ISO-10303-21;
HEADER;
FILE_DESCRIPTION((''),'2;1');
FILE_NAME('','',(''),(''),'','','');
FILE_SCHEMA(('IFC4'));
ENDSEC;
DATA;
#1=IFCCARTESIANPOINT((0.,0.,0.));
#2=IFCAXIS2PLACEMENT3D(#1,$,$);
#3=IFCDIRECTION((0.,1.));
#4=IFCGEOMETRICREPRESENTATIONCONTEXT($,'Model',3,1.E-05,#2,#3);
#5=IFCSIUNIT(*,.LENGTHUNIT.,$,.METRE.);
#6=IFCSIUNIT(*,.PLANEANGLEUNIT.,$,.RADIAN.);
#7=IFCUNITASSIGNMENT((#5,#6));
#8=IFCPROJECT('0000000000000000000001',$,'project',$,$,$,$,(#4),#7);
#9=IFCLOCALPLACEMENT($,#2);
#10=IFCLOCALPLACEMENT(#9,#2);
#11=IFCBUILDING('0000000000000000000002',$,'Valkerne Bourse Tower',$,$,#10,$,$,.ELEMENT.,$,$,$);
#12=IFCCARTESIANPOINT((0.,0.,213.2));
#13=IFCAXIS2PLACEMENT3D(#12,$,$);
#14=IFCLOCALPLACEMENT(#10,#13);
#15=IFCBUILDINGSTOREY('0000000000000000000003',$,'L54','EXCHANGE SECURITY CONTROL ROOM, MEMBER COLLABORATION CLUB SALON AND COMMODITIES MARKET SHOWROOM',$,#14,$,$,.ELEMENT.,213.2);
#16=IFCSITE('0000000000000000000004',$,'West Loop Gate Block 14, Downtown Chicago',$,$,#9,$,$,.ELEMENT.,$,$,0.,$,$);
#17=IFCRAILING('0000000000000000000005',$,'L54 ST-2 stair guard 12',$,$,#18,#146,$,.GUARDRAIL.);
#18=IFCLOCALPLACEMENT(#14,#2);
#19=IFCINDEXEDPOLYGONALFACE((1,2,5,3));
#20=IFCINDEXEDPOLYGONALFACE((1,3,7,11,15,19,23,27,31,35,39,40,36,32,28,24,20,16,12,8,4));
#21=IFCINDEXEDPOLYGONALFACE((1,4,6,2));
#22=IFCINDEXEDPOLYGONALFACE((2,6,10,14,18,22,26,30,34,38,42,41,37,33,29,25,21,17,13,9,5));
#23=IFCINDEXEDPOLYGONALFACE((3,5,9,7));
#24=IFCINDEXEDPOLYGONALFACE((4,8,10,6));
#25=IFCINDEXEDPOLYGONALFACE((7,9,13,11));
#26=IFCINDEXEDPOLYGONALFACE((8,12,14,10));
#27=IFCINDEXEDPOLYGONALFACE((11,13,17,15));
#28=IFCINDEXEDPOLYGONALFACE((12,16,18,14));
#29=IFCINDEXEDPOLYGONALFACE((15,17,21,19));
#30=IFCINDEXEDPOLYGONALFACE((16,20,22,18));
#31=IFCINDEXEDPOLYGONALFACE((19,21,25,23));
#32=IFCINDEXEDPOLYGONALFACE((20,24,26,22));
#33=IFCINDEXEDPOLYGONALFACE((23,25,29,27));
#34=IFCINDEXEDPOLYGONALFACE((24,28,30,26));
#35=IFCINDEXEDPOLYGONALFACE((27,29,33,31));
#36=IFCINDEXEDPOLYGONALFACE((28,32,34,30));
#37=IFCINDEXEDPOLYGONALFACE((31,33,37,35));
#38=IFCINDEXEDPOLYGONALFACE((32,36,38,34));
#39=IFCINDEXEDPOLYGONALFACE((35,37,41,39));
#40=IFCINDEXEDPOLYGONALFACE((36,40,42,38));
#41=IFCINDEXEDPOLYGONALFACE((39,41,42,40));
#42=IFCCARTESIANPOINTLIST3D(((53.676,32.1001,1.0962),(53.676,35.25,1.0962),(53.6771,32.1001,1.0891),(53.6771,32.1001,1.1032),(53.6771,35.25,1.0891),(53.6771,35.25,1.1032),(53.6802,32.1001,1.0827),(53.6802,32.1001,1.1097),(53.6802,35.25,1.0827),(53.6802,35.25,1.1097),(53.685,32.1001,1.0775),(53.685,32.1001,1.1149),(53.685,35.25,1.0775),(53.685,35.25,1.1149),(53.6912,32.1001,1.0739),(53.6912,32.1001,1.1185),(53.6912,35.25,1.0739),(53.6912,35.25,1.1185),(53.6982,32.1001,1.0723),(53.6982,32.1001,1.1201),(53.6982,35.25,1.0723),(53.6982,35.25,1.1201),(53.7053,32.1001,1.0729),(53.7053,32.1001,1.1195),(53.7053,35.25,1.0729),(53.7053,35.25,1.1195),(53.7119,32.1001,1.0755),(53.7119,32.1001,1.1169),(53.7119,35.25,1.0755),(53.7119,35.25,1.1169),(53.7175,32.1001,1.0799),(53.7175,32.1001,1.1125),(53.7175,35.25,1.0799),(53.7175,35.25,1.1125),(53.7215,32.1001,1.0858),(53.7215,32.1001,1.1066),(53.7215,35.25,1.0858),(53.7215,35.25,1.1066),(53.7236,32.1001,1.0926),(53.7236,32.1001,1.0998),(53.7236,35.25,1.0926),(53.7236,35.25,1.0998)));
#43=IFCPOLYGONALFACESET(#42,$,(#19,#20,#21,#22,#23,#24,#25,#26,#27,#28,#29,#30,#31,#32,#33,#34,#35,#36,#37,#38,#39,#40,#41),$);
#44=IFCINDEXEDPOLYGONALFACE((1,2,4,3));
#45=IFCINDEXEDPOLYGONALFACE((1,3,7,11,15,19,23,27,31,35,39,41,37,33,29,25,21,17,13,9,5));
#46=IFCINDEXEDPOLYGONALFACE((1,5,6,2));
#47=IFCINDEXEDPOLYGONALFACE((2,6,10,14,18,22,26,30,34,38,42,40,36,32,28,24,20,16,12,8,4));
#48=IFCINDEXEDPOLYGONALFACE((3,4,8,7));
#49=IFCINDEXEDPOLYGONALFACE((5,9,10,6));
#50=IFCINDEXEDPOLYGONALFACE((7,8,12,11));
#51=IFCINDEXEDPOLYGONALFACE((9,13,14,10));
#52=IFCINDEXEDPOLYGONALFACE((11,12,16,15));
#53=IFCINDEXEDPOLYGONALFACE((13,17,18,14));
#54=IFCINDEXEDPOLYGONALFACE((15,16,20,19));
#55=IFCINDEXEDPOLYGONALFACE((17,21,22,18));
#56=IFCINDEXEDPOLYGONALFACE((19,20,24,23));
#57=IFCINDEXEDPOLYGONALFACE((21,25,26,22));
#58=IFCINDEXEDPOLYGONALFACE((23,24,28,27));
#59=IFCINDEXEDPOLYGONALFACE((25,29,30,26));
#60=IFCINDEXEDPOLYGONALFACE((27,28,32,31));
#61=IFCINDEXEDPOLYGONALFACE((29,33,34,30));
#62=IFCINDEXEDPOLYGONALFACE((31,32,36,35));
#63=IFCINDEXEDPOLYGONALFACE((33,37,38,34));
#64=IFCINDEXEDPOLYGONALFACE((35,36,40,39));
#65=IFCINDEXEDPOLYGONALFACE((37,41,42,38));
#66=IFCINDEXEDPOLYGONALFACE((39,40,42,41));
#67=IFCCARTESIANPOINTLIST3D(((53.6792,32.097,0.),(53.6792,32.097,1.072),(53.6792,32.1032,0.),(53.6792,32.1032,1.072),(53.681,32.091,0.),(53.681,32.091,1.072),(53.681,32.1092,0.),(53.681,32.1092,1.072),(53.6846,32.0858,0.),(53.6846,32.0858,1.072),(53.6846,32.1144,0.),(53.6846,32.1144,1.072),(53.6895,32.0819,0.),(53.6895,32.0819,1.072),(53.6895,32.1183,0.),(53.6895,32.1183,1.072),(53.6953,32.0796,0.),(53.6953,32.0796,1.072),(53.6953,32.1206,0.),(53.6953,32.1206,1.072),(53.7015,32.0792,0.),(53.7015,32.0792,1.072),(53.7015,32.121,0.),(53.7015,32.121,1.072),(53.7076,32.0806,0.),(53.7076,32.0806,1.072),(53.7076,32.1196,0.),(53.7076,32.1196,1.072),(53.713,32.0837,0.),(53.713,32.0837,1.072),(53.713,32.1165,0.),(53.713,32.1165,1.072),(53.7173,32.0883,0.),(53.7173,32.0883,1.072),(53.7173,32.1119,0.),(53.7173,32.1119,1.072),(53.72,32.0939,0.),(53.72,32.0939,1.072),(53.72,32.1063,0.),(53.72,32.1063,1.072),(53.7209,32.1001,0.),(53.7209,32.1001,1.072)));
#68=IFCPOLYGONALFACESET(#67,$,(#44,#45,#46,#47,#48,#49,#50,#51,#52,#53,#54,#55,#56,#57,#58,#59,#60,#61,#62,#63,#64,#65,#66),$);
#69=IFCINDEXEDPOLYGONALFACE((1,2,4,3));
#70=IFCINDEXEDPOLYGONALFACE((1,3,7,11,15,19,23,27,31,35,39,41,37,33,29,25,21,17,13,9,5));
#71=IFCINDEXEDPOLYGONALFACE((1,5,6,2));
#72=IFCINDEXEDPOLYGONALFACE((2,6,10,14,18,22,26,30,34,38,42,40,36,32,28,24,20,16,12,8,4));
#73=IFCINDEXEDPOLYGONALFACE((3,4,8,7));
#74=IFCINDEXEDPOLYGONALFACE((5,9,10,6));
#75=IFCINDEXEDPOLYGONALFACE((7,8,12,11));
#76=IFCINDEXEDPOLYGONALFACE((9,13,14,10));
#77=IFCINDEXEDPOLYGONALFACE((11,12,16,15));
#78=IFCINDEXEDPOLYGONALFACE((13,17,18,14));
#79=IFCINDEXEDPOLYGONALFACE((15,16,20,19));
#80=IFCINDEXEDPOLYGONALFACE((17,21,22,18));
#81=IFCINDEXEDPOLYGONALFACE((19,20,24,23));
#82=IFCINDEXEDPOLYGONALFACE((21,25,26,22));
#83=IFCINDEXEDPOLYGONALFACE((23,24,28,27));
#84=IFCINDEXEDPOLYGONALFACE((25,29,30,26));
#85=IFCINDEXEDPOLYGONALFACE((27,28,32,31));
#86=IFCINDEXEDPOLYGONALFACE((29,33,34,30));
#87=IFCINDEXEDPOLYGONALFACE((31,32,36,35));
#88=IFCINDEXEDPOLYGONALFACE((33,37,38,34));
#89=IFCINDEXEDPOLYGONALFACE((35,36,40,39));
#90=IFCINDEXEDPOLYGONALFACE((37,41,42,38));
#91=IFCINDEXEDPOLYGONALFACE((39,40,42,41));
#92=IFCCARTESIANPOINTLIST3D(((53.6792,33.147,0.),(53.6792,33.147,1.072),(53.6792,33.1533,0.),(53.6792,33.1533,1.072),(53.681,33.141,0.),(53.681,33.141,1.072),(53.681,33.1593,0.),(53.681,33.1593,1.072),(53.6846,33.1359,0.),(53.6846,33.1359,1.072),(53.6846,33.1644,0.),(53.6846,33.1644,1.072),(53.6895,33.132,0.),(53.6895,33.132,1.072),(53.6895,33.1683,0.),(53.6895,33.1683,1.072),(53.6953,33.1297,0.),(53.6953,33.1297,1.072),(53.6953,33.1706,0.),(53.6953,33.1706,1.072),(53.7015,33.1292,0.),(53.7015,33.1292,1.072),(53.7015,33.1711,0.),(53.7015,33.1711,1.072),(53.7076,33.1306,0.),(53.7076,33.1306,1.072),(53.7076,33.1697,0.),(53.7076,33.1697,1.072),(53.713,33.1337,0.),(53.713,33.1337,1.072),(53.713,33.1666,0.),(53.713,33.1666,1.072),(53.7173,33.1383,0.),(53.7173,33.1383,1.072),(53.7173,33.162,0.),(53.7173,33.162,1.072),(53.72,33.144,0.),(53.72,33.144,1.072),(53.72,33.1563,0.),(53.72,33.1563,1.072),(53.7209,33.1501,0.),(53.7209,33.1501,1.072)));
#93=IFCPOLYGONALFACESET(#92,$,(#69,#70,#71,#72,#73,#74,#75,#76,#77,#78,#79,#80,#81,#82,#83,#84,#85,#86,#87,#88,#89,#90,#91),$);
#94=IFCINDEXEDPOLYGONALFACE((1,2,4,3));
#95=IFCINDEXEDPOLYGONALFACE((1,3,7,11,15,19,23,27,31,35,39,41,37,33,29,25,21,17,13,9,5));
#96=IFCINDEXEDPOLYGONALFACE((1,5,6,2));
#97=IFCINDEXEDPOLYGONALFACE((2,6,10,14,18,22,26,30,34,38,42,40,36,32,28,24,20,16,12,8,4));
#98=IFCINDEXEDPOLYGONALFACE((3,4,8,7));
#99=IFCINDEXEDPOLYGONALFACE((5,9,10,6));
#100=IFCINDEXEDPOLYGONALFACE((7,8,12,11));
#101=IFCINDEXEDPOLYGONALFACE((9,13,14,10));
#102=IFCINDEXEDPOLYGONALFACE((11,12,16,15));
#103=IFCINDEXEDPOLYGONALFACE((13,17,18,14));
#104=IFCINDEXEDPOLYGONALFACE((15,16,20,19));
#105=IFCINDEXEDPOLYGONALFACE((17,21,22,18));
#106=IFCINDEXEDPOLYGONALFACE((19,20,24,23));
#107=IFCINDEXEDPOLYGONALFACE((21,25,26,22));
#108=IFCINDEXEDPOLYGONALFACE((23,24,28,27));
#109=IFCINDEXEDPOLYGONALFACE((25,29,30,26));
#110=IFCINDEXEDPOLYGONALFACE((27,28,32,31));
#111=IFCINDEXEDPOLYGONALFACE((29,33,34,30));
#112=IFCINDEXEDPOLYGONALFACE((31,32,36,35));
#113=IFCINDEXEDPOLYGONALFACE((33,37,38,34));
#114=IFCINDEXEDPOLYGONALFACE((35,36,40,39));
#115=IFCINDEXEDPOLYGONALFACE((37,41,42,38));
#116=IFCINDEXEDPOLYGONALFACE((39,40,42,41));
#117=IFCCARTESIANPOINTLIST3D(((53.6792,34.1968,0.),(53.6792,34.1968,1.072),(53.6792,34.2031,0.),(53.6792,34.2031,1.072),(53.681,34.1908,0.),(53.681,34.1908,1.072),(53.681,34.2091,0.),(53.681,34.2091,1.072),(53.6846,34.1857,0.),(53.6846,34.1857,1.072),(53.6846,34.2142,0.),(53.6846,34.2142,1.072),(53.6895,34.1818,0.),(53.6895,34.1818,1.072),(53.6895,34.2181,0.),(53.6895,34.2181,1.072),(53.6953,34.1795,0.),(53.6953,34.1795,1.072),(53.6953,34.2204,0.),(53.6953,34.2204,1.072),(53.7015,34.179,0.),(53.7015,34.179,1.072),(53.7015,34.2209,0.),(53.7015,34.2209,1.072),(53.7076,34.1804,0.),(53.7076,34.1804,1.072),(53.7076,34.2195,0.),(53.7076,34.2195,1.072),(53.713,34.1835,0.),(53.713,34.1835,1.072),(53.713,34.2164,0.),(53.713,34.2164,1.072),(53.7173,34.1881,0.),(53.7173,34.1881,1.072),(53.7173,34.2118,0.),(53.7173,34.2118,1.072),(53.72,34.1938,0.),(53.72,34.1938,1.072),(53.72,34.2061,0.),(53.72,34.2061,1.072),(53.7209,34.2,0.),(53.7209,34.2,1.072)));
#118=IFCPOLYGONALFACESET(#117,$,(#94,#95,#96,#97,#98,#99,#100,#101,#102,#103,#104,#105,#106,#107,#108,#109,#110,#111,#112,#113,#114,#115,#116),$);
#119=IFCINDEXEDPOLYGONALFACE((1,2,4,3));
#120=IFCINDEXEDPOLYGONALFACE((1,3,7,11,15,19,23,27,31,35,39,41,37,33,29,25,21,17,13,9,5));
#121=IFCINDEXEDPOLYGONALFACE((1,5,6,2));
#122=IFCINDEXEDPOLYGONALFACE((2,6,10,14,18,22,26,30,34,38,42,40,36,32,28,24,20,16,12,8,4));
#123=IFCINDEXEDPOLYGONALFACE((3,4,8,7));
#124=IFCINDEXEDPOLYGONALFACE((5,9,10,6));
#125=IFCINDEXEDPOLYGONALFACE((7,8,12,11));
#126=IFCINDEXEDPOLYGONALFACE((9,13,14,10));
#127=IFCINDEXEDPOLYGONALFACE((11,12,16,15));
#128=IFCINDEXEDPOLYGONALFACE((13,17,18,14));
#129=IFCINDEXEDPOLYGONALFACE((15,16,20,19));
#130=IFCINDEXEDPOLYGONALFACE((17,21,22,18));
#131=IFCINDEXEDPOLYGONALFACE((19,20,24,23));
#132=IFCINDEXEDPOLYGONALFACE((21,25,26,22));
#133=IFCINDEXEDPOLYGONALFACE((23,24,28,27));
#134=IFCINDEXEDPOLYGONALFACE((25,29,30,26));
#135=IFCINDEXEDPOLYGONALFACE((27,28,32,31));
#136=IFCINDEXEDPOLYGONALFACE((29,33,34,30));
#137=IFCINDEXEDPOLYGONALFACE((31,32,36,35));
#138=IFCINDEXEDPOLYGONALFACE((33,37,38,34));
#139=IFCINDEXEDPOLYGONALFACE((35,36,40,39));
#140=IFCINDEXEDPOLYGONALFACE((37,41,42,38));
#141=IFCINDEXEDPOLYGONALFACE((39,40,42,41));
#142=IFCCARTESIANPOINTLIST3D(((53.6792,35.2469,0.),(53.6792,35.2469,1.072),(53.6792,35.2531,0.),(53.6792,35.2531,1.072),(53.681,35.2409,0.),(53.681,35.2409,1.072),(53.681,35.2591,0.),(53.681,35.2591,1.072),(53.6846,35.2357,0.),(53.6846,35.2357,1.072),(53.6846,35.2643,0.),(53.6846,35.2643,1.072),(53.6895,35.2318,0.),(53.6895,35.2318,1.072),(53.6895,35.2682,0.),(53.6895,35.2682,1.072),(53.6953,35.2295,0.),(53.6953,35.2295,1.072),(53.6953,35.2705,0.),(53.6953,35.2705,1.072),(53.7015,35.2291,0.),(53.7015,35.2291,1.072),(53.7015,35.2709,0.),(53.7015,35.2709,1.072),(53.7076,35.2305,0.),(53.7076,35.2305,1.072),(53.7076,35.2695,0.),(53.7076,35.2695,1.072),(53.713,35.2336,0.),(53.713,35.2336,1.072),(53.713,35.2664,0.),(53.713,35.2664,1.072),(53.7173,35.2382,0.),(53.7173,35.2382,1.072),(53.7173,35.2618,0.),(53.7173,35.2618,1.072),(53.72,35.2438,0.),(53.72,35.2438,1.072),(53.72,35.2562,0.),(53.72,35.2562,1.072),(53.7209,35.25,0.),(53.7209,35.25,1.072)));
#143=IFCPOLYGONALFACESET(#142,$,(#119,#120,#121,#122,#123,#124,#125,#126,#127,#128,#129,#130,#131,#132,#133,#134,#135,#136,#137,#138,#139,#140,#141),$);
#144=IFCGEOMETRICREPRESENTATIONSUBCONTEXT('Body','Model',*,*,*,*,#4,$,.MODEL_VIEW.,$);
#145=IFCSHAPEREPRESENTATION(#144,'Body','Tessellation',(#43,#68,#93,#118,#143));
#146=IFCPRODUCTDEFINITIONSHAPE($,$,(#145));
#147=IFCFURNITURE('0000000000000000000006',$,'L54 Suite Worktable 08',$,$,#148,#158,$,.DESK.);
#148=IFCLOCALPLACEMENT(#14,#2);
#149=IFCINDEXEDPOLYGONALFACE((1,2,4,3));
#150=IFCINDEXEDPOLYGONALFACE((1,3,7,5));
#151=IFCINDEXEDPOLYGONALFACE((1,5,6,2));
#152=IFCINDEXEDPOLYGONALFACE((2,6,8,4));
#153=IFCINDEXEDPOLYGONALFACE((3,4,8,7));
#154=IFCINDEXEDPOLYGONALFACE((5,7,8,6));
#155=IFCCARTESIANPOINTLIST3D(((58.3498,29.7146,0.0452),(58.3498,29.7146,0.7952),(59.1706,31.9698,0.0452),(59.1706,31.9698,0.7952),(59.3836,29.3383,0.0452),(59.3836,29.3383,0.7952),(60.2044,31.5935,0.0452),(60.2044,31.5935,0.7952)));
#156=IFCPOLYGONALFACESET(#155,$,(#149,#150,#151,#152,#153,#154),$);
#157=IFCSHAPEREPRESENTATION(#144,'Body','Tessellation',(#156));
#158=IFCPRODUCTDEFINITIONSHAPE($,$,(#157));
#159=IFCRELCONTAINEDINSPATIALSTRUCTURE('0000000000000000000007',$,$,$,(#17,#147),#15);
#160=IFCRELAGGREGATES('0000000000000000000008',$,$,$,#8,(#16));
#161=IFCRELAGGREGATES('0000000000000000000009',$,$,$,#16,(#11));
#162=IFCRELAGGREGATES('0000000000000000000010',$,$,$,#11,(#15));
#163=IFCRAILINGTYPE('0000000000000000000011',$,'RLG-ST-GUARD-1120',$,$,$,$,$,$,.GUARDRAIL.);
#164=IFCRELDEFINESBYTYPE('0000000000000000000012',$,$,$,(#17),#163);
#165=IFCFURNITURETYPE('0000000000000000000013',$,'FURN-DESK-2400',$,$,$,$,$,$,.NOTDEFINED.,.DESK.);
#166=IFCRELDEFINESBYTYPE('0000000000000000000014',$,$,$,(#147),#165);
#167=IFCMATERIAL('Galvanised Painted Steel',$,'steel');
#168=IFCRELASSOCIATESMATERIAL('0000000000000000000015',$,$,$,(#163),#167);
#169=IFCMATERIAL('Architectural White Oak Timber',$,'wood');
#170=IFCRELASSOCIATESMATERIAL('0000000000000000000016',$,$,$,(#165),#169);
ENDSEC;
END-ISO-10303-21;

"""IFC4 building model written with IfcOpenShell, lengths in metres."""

from ifc_helpers import new_model, si_unit, direction, frame, origin, origin_2d, place, context, subcontext, project, spatial, rectangle, circle, extrude, material, type_object, element, save


model = new_model("IFC4")

# Units and contexts
model_context = context("Model", 3, precision=1e-05, world=origin(), true_north=direction((0.0, 1.0)))
body_context = subcontext(model_context, "Body", "Model", "MODEL_VIEW")
ifc_project = project(units=[si_unit("LENGTHUNIT", "METRE"), si_unit("PLANEANGLEUNIT", "RADIAN")], contexts=[model_context])

# Site, building, storey
site_placement = place(None, origin())
site = spatial("IfcSite", under=ifc_project, at=site_placement, Name="West Loop Gate Block 14, Downtown Chicago", CompositionType="ELEMENT", RefElevation=0.0)
building_placement = place(site_placement, origin())
building = spatial("IfcBuilding", under=site, at=building_placement, Name="Valkerne Bourse Tower", CompositionType="ELEMENT")
storey_placement = place(building_placement, frame((0.0, 0.0, 213.2)))
storey = spatial("IfcBuildingStorey", under=building, at=storey_placement, Name="L54", Description="EXCHANGE SECURITY CONTROL ROOM, MEMBER COLLABORATION CLUB SALON AND COMMODITIES MARKET SHOWROOM", CompositionType="ELEMENT", Elevation=213.2)

# Shared definitions
ifc_material_1 = material(Name="Architectural White Oak Timber", Category="wood")

# Railing
ifc_material_2 = material(Name="Galvanised Painted Steel", Category="steel")
railing_type = type_object("IfcRailingType", Name="RLG-ST-GUARD-1120", PredefinedType="GUARDRAIL", material=ifc_material_2)
railing_1_placement = place(storey_placement, frame((53.7, 32.1001, 0.0)))
element("IfcRailing", 1, at=railing_1_placement, inside=storey, type_object=railing_type, Name="L54 ST-2 stair guard 12", PredefinedType="GUARDRAIL", context=body_context, shape_type="SweptSolid", body=[
    extrude(circle(Radius=0.0239, at=origin_2d()), frame((0.0, 0.0, 1.0962), z_axis=(0.0, 1.0, 0.0), x_axis=(-1.0, 0.0, 0.0)), (0.0, 0.0, 1.0), 3.1499),
    extrude(circle(Radius=0.021, at=origin_2d()), origin(), (0.0, 0.0, 1.0), 1.072),
    extrude(circle(Radius=0.021, at=origin_2d()), frame((0.0, 1.05, 0.0)), (0.0, 0.0, 1.0), 1.072),
    extrude(circle(Radius=0.021, at=origin_2d()), frame((0.0, 2.0999, 0.0)), (0.0, 0.0, 1.0), 1.072),
    extrude(circle(Radius=0.021, at=origin_2d()), frame((0.0, 3.1499, 0.0)), (0.0, 0.0, 1.0), 1.072),
])

# Furniture
furniture_type = type_object("IfcFurnitureType", Name="FURN-DESK-2400", AssemblyPlace="NOTDEFINED", PredefinedType="DESK", material=ifc_material_1)
furniture_placement = place(storey_placement, frame((59.2771, 30.6541, 0.0452), z_axis=(0.0, 0.0, 1.0), x_axis=(0.34202, 0.939693, 0.0)))
element("IfcFurniture", 2, at=furniture_placement, inside=storey, type_object=furniture_type, Name="L54 Suite Worktable 08", PredefinedType="DESK", context=body_context, shape_type="SweptSolid", body=[
    extrude(rectangle(XDim=2.3999, YDim=1.1001, at=origin_2d()), origin(), (0.0, 0.0, 1.0), 0.75),
])

save(model, "model.ifc")
